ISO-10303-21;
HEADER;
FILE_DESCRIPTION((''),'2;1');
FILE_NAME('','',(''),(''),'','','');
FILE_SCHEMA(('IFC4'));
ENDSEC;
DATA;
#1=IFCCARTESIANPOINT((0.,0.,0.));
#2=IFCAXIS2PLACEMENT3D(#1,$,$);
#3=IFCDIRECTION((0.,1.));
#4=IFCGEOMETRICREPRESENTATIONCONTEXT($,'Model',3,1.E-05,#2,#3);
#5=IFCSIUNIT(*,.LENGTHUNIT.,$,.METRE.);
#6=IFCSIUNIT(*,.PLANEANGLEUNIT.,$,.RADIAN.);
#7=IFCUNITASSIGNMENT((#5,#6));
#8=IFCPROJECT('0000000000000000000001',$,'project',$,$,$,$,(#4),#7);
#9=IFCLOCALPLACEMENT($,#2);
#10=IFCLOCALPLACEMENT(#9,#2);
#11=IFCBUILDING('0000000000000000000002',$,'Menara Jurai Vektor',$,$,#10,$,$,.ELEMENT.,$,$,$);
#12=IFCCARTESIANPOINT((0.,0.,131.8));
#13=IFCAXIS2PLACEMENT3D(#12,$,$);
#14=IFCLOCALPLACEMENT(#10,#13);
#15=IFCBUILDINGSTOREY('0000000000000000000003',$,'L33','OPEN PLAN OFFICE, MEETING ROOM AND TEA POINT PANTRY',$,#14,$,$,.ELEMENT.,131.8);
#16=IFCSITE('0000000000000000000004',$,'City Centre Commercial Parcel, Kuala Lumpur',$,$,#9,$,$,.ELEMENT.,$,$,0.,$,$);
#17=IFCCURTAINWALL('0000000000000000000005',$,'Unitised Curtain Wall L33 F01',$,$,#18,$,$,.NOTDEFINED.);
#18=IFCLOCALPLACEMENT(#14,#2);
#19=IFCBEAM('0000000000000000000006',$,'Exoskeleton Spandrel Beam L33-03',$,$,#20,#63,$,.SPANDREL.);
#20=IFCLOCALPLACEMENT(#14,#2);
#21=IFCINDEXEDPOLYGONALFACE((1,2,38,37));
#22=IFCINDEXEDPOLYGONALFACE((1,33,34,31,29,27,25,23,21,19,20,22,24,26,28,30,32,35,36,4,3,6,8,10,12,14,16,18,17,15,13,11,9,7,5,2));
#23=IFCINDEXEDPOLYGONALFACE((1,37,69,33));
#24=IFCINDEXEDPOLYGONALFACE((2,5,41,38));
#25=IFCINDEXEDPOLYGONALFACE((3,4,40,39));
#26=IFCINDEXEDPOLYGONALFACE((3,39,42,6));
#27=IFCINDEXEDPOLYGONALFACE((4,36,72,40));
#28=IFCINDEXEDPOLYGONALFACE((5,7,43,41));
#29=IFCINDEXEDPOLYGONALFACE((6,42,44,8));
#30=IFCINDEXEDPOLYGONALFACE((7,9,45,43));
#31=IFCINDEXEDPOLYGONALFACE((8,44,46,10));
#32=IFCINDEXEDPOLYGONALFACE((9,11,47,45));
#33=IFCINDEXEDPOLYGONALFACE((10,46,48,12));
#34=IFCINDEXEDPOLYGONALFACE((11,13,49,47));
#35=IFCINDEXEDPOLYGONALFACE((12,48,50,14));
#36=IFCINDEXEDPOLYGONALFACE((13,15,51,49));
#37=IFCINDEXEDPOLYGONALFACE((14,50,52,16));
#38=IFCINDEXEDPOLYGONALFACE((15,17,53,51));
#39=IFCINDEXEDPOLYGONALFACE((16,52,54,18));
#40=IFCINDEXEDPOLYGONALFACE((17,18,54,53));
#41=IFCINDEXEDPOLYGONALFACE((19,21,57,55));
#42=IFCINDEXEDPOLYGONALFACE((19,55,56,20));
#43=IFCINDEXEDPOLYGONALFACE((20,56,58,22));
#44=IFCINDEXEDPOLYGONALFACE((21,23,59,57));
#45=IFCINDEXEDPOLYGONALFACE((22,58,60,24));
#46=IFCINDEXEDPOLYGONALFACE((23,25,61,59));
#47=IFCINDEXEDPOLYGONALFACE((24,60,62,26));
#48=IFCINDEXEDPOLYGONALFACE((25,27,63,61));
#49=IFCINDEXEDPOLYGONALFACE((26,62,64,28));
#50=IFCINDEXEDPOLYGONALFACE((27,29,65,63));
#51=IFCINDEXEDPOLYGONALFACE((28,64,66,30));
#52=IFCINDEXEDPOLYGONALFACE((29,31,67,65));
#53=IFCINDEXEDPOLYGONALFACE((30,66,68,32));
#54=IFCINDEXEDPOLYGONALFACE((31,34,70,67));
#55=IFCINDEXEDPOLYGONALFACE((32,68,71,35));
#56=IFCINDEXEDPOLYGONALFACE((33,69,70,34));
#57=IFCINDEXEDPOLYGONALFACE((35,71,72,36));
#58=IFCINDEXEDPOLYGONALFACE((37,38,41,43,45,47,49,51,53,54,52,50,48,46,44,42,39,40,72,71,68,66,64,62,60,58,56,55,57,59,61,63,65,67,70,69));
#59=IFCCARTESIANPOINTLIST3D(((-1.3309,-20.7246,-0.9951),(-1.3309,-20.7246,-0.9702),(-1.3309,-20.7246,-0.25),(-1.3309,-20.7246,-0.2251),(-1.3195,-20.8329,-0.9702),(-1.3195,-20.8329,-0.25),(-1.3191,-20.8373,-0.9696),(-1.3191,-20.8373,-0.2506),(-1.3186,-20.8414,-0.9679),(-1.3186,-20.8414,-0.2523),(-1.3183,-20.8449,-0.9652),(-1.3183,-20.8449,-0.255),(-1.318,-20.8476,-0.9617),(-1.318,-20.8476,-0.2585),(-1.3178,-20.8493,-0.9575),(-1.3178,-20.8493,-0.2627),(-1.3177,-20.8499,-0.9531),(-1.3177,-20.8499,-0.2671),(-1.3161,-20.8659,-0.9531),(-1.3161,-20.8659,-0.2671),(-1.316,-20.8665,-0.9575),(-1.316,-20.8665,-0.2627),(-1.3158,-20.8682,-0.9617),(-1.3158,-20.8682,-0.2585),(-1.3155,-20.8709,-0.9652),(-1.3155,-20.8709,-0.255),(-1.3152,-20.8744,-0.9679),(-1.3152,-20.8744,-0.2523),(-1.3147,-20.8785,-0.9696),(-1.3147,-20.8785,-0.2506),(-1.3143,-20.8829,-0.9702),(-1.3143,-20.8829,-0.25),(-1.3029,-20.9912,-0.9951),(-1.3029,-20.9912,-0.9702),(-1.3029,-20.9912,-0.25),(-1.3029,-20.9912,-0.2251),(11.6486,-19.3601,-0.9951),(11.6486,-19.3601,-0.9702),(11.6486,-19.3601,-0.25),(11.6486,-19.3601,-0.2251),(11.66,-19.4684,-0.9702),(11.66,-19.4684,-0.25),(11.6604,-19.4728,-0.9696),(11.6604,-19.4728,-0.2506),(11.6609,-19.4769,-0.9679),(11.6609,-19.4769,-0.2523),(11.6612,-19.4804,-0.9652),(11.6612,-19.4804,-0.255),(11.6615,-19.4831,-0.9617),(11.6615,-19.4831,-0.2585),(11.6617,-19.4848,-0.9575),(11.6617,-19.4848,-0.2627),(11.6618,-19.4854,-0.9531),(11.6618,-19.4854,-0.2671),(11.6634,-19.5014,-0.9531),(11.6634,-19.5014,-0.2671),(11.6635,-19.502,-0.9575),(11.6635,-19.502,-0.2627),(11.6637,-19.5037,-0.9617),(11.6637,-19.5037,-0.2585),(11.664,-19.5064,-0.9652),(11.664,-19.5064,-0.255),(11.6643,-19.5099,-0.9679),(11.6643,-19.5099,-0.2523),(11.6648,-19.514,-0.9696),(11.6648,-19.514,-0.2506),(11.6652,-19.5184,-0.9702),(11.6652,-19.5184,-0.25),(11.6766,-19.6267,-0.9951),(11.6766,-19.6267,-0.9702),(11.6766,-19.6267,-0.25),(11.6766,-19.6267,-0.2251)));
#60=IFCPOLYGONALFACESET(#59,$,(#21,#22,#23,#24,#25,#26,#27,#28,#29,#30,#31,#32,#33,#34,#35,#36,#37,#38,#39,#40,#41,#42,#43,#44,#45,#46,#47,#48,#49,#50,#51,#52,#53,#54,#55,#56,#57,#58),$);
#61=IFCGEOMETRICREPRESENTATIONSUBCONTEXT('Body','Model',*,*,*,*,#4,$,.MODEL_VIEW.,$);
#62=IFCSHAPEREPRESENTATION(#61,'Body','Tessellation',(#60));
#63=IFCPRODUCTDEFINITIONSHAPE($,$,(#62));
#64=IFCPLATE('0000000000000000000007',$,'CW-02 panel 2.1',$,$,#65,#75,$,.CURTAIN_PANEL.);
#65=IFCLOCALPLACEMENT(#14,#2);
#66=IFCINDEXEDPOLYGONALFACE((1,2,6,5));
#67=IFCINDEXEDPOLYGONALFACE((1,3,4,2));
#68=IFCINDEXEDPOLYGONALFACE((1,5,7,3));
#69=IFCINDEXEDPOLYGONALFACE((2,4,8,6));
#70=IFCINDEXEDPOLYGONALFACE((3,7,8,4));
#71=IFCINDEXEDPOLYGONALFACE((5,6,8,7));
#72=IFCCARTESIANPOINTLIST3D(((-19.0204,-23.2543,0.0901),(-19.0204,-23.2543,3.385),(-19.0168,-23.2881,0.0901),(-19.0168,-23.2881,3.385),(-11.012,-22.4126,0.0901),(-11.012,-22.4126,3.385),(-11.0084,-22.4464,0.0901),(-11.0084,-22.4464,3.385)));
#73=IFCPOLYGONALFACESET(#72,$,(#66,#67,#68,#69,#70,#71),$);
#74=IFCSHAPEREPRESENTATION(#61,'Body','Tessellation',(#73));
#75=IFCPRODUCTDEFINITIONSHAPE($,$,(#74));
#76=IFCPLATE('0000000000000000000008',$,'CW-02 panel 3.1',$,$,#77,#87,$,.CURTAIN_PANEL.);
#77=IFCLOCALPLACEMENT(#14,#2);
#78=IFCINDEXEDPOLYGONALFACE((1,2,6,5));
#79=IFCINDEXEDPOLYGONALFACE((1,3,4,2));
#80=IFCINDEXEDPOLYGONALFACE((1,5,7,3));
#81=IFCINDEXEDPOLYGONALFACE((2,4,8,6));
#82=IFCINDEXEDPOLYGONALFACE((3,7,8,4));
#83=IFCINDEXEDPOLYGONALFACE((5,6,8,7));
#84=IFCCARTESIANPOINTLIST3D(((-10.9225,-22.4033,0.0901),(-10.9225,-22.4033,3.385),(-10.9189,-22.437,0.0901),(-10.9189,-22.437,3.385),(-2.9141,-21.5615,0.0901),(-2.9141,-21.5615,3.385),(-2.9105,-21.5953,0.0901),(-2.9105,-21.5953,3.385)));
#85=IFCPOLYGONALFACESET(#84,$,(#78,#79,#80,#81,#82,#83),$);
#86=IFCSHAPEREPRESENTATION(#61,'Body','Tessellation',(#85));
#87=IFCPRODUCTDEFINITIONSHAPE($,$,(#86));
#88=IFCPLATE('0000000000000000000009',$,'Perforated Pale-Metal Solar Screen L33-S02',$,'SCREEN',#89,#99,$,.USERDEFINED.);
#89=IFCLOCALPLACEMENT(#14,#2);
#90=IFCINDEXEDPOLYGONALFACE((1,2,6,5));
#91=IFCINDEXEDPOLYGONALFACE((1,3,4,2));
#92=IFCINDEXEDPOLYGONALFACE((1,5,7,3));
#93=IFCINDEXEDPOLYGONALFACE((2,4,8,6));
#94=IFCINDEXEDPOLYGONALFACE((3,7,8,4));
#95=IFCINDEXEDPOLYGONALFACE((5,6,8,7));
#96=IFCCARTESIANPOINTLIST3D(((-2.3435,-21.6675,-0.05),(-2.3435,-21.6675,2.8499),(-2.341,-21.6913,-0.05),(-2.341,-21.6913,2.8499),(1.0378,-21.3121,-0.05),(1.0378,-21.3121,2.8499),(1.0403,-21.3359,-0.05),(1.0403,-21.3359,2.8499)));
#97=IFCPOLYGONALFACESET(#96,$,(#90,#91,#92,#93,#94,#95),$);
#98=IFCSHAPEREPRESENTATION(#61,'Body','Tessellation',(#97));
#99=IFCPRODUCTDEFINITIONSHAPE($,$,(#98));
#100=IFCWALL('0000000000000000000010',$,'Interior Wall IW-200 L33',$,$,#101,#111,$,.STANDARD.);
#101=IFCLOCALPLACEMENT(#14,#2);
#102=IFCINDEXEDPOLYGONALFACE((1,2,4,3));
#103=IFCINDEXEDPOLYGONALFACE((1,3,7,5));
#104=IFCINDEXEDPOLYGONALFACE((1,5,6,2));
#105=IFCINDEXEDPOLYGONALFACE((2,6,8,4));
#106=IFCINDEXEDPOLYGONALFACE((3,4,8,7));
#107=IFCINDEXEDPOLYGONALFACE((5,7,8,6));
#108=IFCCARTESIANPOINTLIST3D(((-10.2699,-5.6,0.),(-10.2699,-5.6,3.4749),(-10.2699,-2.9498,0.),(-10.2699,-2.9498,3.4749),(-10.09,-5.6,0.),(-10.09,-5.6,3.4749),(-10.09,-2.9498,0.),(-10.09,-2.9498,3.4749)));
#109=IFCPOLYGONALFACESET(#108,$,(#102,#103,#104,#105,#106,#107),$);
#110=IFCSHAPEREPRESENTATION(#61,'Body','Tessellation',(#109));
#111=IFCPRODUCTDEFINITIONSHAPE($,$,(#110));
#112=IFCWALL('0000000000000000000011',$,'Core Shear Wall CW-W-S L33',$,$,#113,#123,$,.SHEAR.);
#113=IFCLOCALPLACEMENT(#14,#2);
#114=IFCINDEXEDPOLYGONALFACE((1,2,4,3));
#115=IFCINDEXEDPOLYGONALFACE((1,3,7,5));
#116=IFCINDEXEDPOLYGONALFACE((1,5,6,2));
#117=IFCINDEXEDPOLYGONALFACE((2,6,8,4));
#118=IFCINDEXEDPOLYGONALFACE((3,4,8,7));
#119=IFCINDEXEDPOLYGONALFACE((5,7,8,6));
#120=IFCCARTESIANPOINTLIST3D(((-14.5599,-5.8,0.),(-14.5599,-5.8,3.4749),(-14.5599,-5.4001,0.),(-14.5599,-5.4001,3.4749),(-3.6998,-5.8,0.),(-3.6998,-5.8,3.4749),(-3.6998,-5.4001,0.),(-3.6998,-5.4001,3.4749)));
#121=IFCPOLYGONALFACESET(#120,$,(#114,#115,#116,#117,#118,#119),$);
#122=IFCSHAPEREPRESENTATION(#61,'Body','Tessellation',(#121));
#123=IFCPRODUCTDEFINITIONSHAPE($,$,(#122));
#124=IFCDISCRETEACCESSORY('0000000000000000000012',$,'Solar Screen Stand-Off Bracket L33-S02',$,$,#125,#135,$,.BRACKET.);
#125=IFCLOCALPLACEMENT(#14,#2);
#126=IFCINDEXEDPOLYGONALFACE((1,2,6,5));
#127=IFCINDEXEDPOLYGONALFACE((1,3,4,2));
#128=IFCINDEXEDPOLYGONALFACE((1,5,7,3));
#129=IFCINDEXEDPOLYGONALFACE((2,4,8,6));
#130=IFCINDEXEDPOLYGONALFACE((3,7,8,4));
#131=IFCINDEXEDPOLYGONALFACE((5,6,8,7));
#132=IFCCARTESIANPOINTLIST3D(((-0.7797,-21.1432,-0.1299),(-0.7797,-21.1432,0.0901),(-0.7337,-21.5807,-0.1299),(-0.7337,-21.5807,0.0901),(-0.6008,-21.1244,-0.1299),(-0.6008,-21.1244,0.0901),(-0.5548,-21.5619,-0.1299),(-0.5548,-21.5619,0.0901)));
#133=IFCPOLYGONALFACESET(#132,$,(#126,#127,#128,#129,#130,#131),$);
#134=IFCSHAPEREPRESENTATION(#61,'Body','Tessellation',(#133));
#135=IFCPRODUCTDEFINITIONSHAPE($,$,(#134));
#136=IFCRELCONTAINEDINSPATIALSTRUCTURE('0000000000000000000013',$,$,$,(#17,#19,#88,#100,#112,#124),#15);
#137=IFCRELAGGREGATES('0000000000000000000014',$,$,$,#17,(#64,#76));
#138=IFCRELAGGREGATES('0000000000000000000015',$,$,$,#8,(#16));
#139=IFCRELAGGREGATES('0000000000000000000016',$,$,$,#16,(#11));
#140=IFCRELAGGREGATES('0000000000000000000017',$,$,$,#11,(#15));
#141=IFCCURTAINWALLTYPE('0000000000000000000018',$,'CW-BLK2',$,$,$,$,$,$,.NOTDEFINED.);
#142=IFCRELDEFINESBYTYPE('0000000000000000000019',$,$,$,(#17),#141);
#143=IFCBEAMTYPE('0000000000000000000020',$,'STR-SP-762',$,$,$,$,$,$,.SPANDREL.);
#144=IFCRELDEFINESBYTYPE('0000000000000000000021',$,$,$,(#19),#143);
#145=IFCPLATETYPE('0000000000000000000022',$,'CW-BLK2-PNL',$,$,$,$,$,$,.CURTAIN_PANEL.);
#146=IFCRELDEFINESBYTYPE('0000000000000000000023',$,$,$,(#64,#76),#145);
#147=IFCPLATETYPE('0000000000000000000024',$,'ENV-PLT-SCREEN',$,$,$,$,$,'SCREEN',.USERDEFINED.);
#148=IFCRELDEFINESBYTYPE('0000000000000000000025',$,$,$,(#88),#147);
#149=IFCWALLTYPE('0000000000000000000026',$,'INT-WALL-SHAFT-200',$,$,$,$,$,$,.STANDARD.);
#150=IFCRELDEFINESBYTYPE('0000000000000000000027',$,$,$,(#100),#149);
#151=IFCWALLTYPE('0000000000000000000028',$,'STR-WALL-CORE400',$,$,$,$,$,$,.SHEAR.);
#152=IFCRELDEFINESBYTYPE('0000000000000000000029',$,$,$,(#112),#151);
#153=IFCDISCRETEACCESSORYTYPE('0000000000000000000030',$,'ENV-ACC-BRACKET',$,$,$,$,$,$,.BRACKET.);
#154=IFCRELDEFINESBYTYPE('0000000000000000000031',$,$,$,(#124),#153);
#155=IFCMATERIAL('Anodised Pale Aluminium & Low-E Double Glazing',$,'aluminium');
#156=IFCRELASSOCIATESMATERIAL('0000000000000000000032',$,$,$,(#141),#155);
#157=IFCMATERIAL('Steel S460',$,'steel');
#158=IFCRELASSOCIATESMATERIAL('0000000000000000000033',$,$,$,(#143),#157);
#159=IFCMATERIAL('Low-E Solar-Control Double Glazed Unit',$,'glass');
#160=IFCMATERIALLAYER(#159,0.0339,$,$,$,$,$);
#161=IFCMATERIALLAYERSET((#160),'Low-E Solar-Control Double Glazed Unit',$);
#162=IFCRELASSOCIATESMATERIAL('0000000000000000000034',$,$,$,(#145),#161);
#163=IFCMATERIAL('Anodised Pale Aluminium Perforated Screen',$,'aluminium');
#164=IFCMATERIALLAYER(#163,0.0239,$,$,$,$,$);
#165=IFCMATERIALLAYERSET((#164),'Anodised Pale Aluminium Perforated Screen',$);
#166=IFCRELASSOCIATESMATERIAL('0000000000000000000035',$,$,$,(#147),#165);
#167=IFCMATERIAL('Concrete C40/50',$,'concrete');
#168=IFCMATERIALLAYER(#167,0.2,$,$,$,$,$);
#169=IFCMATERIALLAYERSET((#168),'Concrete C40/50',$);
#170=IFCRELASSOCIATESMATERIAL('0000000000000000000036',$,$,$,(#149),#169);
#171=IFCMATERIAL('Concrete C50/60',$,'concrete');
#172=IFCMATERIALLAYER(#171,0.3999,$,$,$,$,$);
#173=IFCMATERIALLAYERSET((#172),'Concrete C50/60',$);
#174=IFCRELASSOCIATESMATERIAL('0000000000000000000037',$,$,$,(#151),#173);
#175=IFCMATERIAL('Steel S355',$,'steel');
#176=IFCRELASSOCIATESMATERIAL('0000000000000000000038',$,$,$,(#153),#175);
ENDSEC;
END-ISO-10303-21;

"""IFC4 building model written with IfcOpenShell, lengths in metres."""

from ifc_helpers import new_model, si_unit, direction, frame, frame_2d, origin, origin_2d, place, context, subcontext, project, spatial, rectangle, i_section, extrude, material, layer, layer_set, material_profile, profile_set, type_object, element, aggregate, save


model = new_model("IFC4")

# Units and contexts
model_context = context("Model", 3, precision=1e-05, world=origin(), true_north=direction((0.0, 1.0)))
body_context = subcontext(model_context, "Body", "Model", "MODEL_VIEW")
ifc_project = project(units=[si_unit("LENGTHUNIT", "METRE"), si_unit("PLANEANGLEUNIT", "RADIAN")], contexts=[model_context])

# Site, building, storey
site_placement = place(None, origin())
site = spatial("IfcSite", under=ifc_project, at=site_placement, Name="City Centre Commercial Parcel, Kuala Lumpur", CompositionType="ELEMENT", RefElevation=0.0)
building_placement = place(site_placement, origin())
building = spatial("IfcBuilding", under=site, at=building_placement, Name="Menara Jurai Vektor", CompositionType="ELEMENT")
storey_placement = place(building_placement, frame((0.0, 0.0, 131.8)))
storey = spatial("IfcBuildingStorey", under=building, at=storey_placement, Name="L33", Description="OPEN PLAN OFFICE, MEETING ROOM AND TEA POINT PANTRY", CompositionType="ELEMENT", Elevation=131.8)

# Shared definitions
ifc_material_1 = material(Name="Concrete C50/60", Category="concrete")
ifc_material_2 = material(Name="Steel S460", Category="steel")

# Curtain wall
ifc_material_3 = material(Name="Anodised Pale Aluminium & Low-E Double Glazing", Category="aluminium")
curtain_wall_type = type_object("IfcCurtainWallType", Name="CW-BLK2", PredefinedType="NOTDEFINED", material=ifc_material_3)
curtain_wall_placement = place(storey_placement, origin())
curtain_wall = element("IfcCurtainWall", 1, at=curtain_wall_placement, inside=storey, type_object=curtain_wall_type, Name="Unitised Curtain Wall L33 F01", PredefinedType="NOTDEFINED")

# Beam
ifc_material_4 = material(Name="Steel S355", Category="steel")
ifc_material_profile_1 = material_profile(ifc_material_2, i_section(OverallWidth=0.2681, OverallDepth=0.77, WebThickness=0.0161, FlangeThickness=0.0249, FilletRadius=0.0171, at=origin_2d()), Name="UKB 762x267x197")
ifc_profile_set_1 = profile_set([ifc_material_profile_1], Name="Steel S460")
beam_type_1 = type_object("IfcBeamType", Name="STR-SP-762", PredefinedType="SPANDREL", material=ifc_profile_set_1)
beam_1_placement = place(storey_placement, frame((-1.3169, -20.8579, -0.6101), z_axis=(0.994519, 0.104551, 0.0), x_axis=(-0.104551, 0.994519, 0.0)))
element("IfcBeam", 2, at=beam_1_placement, inside=storey, type_object=beam_type_1, Name="Exoskeleton Spandrel Beam L33-03", PredefinedType="SPANDREL", context=body_context, shape_type="SweptSolid", body=[
    extrude(i_section(OverallWidth=0.2681, OverallDepth=0.77, WebThickness=0.0161, FlangeThickness=0.0249, FilletRadius=0.0171, at=origin_2d()), origin(), (0.0, 0.0, 1.0), 13.051),
])

# Plates
ifc_material_5 = material(Name="Low-E Solar-Control Double Glazed Unit", Category="glass")
ifc_layer_1 = layer(ifc_material_5, 0.0339)
ifc_layer_set_1 = layer_set([ifc_layer_1], Name="Low-E Solar-Control Double Glazed Unit")
plate_type_1 = type_object("IfcPlateType", Name="CW-BLK2-PNL", PredefinedType="CURTAIN_PANEL", material=ifc_layer_set_1)
plate_1_placement = place(storey_placement, frame((-15.0144, -22.8503, 0.0901), z_axis=(0.0, 0.0, 1.0), x_axis=(0.994522, 0.104529, 0.0)))
plate_1 = element("IfcPlate", 3, at=plate_1_placement, type_object=plate_type_1, Name="CW-02 panel 2.1", PredefinedType="CURTAIN_PANEL", context=body_context, shape_type="SweptSolid", body=[
    extrude(rectangle(XDim=8.0525, YDim=0.0339, at=origin_2d()), origin(), (0.0, 0.0, 1.0), 3.2949),
])
plate_2_placement = place(storey_placement, frame((-6.9165, -21.9993, 0.0901), z_axis=(0.0, 0.0, 1.0), x_axis=(0.994522, 0.104529, 0.0)))
plate_2 = element("IfcPlate", 4, at=plate_2_placement, type_object=plate_type_1, Name="CW-02 panel 3.1", PredefinedType="CURTAIN_PANEL", context=body_context, shape_type="SweptSolid", body=[
    extrude(rectangle(XDim=8.0525, YDim=0.0339, at=origin_2d()), origin(), (0.0, 0.0, 1.0), 3.2949),
])
aggregate(curtain_wall, [plate_1, plate_2])
ifc_material_6 = material(Name="Anodised Pale Aluminium Perforated Screen", Category="aluminium")
ifc_layer_2 = layer(ifc_material_6, 0.0239)
ifc_layer_set_2 = layer_set([ifc_layer_2], Name="Anodised Pale Aluminium Perforated Screen")
plate_type_2 = type_object("IfcPlateType", Name="ENV-PLT-SCREEN", ElementType="SCREEN", PredefinedType="USERDEFINED", material=ifc_layer_set_2)
plate_3_placement = place(storey_placement, frame((-0.6516, -21.5017, -0.05), z_axis=(0.0, 0.0, 1.0), x_axis=(0.994522, 0.104528, 0.0)))
element("IfcPlate", 5, at=plate_3_placement, inside=storey, type_object=plate_type_2, Name="Perforated Pale-Metal Solar Screen L33-S02", ObjectType="SCREEN", PredefinedType="USERDEFINED", context=body_context, shape_type="SweptSolid", body=[
    extrude(rectangle(XDim=3.3999, YDim=0.0239, at=origin_2d()), origin(), (0.0, 0.0, 1.0), 2.8999),
])

# Walls
ifc_material_7 = material(Name="Concrete C40/50", Category="concrete")
ifc_layer_3 = layer(ifc_material_7, 0.2)
ifc_layer_set_3 = layer_set([ifc_layer_3], Name="Concrete C40/50")
wall_type_1 = type_object("IfcWallType", Name="INT-WALL-SHAFT-200", PredefinedType="STANDARD", material=ifc_layer_set_3)
wall_1_placement = place(storey_placement, frame((-10.1799, -5.6001, 0.0), z_axis=(0.0, 0.0, 1.0), x_axis=(0.0, 1.0, 0.0)))
element("IfcWall", 6, at=wall_1_placement, inside=storey, type_object=wall_type_1, Name="Interior Wall IW-200 L33", PredefinedType="STANDARD", context=body_context, shape_type="SweptSolid", body=[
    extrude(rectangle(XDim=2.6501, YDim=0.1799, at=frame_2d((1.3252, 0.0))), origin(), (0.0, 0.0, 1.0), 3.4749),
])
ifc_layer_4 = layer(ifc_material_1, 0.3999)
ifc_layer_set_4 = layer_set([ifc_layer_4], Name="Concrete C50/60")
wall_type_2 = type_object("IfcWallType", Name="STR-WALL-CORE400", PredefinedType="SHEAR", material=ifc_layer_set_4)
wall_2_placement = place(storey_placement, frame((-14.5601, -5.6001, 0.0), z_axis=(0.0, 0.0, 1.0), x_axis=(1.0, 0.0, 0.0)))
element("IfcWall", 7, at=wall_2_placement, inside=storey, type_object=wall_type_2, Name="Core Shear Wall CW-W-S L33", PredefinedType="SHEAR", context=body_context, shape_type="SweptSolid", body=[
    extrude(rectangle(XDim=10.8601, YDim=0.3999, at=frame_2d((5.4302, 0.0))), origin(), (0.0, 0.0, 1.0), 3.4749),
])

# Discrete accessory
discrete_accessory_type = type_object("IfcDiscreteAccessoryType", Name="ENV-ACC-BRACKET", PredefinedType="BRACKET", material=ifc_material_4)
discrete_accessory_placement = place(storey_placement, frame((-0.6672, -21.3525, -0.1299), z_axis=(0.0, 0.0, 1.0), x_axis=(0.994522, 0.104528, 0.0)))
element("IfcDiscreteAccessory", 8, at=discrete_accessory_placement, inside=storey, type_object=discrete_accessory_type, Name="Solar Screen Stand-Off Bracket L33-S02", PredefinedType="BRACKET", context=body_context, shape_type="SweptSolid", body=[
    extrude(rectangle(XDim=0.1799, YDim=0.4399, at=origin_2d()), origin(), (0.0, 0.0, 1.0), 0.22),
])

save(model, "model.ifc")
